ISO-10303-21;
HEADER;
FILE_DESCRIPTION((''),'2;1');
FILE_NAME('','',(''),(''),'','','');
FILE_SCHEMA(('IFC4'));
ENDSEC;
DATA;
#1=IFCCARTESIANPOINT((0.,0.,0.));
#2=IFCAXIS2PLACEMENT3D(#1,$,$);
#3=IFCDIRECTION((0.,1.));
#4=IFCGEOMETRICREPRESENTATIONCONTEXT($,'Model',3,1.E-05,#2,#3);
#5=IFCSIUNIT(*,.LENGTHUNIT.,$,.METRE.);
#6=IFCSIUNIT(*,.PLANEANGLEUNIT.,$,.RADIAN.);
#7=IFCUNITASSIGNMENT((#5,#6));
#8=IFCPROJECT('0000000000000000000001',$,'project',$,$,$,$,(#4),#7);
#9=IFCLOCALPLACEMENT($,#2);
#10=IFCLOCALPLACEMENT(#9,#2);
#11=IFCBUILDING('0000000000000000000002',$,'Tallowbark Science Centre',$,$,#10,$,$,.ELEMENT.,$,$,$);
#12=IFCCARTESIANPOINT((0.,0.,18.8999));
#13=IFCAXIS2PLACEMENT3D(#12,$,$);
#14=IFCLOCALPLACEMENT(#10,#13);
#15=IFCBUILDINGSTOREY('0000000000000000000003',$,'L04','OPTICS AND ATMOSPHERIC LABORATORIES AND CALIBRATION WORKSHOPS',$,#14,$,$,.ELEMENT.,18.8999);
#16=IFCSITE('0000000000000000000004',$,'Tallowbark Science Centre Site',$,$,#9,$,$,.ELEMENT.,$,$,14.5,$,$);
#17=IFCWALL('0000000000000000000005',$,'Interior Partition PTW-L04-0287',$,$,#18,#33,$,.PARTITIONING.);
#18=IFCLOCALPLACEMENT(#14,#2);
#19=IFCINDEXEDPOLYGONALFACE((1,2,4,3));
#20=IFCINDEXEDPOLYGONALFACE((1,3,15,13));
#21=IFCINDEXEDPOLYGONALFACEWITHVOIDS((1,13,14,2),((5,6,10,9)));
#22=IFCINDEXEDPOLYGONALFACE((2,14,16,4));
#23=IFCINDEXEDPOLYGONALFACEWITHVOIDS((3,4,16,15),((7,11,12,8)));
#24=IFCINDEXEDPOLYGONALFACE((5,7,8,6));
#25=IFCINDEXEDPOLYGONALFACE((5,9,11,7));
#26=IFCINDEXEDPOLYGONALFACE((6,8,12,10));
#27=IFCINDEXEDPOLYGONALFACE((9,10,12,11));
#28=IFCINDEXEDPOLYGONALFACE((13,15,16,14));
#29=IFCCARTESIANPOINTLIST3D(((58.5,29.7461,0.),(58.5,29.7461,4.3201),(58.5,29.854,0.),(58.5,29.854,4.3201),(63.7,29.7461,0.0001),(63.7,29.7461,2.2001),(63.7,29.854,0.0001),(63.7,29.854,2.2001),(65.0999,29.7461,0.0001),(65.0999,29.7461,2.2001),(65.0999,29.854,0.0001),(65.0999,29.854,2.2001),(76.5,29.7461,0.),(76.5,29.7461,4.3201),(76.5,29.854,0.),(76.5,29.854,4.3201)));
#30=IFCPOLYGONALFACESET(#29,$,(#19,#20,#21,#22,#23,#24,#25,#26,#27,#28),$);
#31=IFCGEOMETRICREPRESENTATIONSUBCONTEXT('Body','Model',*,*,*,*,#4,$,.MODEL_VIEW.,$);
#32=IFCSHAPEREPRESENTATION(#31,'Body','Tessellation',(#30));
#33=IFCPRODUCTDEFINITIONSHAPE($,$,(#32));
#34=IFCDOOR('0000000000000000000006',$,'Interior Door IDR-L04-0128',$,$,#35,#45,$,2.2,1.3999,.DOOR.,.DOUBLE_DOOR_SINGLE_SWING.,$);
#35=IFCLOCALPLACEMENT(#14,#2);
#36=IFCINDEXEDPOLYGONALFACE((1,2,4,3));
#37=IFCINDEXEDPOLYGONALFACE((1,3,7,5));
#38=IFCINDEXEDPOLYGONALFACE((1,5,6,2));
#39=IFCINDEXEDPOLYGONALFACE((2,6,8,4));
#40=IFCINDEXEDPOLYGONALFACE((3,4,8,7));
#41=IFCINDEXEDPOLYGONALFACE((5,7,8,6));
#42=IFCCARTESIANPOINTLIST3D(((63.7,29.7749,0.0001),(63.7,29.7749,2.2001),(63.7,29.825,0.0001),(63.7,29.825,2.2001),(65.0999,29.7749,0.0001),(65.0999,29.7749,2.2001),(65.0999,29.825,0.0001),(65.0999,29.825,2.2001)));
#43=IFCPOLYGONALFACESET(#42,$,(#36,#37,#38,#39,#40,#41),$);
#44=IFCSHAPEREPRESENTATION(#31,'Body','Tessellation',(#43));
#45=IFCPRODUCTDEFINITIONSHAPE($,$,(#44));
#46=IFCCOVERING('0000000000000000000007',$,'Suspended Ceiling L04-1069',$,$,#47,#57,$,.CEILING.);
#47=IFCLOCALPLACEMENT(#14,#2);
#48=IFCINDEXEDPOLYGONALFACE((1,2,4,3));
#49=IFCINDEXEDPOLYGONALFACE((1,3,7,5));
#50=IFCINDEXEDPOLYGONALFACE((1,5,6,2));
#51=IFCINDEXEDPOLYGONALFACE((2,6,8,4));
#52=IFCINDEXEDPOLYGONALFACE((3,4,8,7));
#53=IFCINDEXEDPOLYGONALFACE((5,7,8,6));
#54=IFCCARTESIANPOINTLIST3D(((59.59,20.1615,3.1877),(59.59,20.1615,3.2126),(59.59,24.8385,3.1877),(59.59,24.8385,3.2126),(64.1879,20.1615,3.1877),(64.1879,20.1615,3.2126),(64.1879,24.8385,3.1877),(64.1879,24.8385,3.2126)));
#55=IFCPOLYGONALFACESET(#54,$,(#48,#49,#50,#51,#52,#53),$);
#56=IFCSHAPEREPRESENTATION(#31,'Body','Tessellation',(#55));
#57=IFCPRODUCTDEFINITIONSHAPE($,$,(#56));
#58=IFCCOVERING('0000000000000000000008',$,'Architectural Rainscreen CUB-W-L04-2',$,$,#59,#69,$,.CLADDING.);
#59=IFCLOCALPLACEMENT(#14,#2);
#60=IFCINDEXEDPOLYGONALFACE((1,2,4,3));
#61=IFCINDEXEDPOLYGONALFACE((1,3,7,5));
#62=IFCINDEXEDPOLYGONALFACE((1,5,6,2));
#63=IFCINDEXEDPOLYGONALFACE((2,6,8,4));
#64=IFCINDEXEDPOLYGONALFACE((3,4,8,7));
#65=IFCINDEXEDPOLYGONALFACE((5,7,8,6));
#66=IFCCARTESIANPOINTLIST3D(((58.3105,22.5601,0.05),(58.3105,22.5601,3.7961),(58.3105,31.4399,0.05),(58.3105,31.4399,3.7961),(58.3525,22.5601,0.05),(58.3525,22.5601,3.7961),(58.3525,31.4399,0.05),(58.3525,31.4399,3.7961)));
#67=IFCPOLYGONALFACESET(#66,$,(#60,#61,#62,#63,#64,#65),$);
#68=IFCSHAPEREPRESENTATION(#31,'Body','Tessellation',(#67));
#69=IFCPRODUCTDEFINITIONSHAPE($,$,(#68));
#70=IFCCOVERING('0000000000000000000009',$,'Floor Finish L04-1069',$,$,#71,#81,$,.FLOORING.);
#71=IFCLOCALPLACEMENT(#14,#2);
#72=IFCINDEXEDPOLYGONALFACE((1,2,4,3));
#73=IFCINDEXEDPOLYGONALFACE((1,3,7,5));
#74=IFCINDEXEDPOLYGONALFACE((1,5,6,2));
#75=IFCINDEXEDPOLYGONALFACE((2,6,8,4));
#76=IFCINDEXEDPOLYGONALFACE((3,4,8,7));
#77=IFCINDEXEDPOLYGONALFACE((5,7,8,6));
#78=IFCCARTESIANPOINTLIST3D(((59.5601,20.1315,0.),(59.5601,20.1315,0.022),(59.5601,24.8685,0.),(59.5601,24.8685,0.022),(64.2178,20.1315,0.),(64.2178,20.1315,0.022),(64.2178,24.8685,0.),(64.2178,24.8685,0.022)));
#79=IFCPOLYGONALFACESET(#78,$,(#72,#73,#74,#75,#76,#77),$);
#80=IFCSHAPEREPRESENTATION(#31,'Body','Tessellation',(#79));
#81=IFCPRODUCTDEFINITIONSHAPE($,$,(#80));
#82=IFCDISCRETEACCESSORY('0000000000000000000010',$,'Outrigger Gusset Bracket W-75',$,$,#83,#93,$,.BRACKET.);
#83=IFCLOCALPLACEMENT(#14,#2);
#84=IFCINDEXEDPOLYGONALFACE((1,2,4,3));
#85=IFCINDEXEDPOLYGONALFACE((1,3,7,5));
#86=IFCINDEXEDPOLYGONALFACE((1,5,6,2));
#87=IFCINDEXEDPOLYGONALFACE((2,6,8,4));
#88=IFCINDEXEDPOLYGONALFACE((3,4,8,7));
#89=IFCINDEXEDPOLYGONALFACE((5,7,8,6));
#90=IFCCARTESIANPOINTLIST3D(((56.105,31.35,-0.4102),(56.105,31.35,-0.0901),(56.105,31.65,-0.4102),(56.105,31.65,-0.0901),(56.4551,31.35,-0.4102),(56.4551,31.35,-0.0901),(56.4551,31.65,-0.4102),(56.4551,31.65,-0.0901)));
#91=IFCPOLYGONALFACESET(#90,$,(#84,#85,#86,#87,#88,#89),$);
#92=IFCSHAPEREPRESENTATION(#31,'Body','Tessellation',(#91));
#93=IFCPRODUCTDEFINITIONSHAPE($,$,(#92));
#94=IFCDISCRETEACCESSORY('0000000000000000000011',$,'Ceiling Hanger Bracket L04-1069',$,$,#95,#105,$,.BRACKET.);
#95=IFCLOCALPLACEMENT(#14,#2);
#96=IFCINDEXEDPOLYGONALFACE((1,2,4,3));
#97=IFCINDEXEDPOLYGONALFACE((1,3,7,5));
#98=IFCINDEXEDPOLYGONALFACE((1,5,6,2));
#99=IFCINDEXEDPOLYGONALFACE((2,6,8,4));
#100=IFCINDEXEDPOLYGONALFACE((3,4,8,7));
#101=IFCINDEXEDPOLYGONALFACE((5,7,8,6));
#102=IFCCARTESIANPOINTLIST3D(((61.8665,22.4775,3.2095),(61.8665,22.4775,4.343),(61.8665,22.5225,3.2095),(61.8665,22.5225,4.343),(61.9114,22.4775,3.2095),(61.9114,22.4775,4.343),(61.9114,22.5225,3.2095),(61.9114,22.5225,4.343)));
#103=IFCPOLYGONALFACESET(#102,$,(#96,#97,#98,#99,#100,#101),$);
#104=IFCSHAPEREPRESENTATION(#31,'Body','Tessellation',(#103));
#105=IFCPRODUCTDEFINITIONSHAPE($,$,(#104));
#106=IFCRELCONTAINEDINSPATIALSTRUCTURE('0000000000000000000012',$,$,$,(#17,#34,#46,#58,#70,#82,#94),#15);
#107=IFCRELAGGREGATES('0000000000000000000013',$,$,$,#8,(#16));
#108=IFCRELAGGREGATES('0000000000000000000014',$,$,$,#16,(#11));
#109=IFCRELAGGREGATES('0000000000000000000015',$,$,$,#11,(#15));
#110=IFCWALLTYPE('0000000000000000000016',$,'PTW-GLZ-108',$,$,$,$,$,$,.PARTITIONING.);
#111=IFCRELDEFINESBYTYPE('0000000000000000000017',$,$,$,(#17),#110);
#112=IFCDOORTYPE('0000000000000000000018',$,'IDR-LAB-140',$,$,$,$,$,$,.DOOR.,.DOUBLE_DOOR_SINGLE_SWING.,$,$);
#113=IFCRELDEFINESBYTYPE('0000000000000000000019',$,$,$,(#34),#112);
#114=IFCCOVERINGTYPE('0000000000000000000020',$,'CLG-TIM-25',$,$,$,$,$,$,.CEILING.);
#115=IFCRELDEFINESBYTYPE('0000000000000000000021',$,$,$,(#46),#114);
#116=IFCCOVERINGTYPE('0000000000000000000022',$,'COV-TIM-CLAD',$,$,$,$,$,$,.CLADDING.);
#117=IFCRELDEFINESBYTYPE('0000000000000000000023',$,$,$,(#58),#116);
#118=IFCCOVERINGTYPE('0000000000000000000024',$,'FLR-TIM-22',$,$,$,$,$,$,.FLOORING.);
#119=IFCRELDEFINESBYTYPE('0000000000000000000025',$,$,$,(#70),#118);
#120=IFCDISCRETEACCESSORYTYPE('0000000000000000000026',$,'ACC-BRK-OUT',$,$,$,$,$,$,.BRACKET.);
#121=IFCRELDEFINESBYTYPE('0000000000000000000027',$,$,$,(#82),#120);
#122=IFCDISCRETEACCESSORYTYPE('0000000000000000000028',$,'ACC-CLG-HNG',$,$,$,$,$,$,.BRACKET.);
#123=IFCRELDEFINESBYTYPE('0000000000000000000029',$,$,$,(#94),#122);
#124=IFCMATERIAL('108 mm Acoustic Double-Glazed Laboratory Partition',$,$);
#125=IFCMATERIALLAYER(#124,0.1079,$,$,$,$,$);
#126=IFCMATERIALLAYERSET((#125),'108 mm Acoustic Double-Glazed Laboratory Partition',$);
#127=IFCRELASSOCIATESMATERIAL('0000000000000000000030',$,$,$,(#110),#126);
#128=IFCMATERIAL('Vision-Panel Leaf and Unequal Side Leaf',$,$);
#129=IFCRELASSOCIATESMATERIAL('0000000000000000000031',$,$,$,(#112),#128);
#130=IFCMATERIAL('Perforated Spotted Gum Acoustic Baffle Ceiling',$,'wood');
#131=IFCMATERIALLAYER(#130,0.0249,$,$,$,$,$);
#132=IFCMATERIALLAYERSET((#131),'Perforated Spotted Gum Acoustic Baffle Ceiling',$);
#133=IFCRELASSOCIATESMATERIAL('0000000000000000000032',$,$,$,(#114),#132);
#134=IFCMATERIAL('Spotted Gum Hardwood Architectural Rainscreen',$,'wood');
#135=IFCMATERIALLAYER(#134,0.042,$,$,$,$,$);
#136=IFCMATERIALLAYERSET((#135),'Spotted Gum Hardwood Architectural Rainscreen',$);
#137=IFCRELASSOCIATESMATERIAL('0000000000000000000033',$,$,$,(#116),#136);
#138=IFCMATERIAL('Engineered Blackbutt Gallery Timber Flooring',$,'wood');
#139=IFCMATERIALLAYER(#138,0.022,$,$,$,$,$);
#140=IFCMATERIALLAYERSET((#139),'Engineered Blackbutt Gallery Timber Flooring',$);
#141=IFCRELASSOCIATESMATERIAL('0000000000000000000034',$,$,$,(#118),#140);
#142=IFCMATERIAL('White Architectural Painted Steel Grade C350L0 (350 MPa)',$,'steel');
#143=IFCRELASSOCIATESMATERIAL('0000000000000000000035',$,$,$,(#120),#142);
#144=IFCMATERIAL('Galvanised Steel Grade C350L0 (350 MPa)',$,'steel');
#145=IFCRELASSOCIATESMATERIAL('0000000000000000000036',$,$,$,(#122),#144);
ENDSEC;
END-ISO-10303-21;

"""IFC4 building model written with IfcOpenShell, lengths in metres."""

from ifc_helpers import new_model, si_unit, direction, frame, frame_2d, origin, origin_2d, place, context, subcontext, project, spatial, rectangle, extrude, material, layer, layer_set, type_object, element, fill, save


model = new_model("IFC4")

# Units and contexts
model_context = context("Model", 3, precision=1e-05, world=origin(), true_north=direction((0.0, 1.0)))
body_context = subcontext(model_context, "Body", "Model", "MODEL_VIEW")
ifc_project = project(units=[si_unit("LENGTHUNIT", "METRE"), si_unit("PLANEANGLEUNIT", "RADIAN")], contexts=[model_context])

# Site, building, storey
site_placement = place(None, origin())
site = spatial("IfcSite", under=ifc_project, at=site_placement, Name="Tallowbark Science Centre Site", CompositionType="ELEMENT", RefElevation=14.5)
building_placement = place(site_placement, origin())
building = spatial("IfcBuilding", under=site, at=building_placement, Name="Tallowbark Science Centre", CompositionType="ELEMENT")
storey_placement = place(building_placement, frame((0.0, 0.0, 18.8999)))
storey = spatial("IfcBuildingStorey", under=building, at=storey_placement, Name="L04", Description="OPTICS AND ATMOSPHERIC LABORATORIES AND CALIBRATION WORKSHOPS", CompositionType="ELEMENT", Elevation=18.8999)

# Shared definitions
ifc_material_1 = material(Name="White Architectural Painted Steel Grade C350L0 (350 MPa)", Category="steel")

# Wall, opening, door
ifc_material_2 = material(Name="108 mm Acoustic Double-Glazed Laboratory Partition")
ifc_layer_1 = layer(ifc_material_2, 0.1079)
ifc_layer_set_1 = layer_set([ifc_layer_1], Name="108 mm Acoustic Double-Glazed Laboratory Partition")
wall_type_1 = type_object("IfcWallType", Name="PTW-GLZ-108", PredefinedType="PARTITIONING", material=ifc_layer_set_1)
wall_placement = place(storey_placement, frame((58.5, 29.8, 0.0), z_axis=(0.0, 0.0, 1.0), x_axis=(1.0, 0.0, 0.0)))
wall = element("IfcWall", 1, at=wall_placement, inside=storey, type_object=wall_type_1, Name="Interior Partition PTW-L04-0287", PredefinedType="PARTITIONING", context=body_context, shape_type="SweptSolid", body=[
    extrude(rectangle(XDim=18.0, YDim=0.1079, at=frame_2d((9.0, 0.0))), origin(), (0.0, 0.0, 1.0), 4.3201),
])
opening_placement = place(wall_placement, frame((5.2, 0.0, 0.0)))
opening = element("IfcOpeningElement", 2, at=opening_placement, cuts=wall, PredefinedType="OPENING", context=body_context, shape_type="SweptSolid", body=[
    extrude(rectangle(XDim=1.3999, YDim=2.2, at=frame_2d((0.7, 1.1001))), frame((0.0, 0.064, 0.0), z_axis=(0.0, -1.0, 0.0), x_axis=(1.0, 0.0, 0.0)), (0.0, 0.0, 1.0), 0.1279),
])
ifc_material_3 = material(Name="Vision-Panel Leaf and Unequal Side Leaf")
door_type = type_object("IfcDoorType", Name="IDR-LAB-140", OperationType="DOUBLE_DOOR_SINGLE_SWING", PredefinedType="DOOR", material=ifc_material_3)
door_placement = place(opening_placement, origin())
door = element("IfcDoor", 3, at=door_placement, inside=storey, type_object=door_type, Name="Interior Door IDR-L04-0128", OperationType="DOUBLE_DOOR_SINGLE_SWING", OverallHeight=2.2, OverallWidth=1.3999, PredefinedType="DOOR", context=body_context, shape_type="SweptSolid", body=[
    extrude(rectangle(XDim=1.3999, YDim=2.2, at=frame_2d((0.7, 1.1001))), frame((0.0, 0.0249, 0.0), z_axis=(0.0, -1.0, 0.0), x_axis=(1.0, 0.0, 0.0)), (0.0, 0.0, 1.0), 0.05),
])
fill(opening, door)

# Coverings
ifc_material_4 = material(Name="Perforated Spotted Gum Acoustic Baffle Ceiling", Category="wood")
ifc_layer_2 = layer(ifc_material_4, 0.0249)
ifc_layer_set_2 = layer_set([ifc_layer_2], Name="Perforated Spotted Gum Acoustic Baffle Ceiling")
covering_type_1 = type_object("IfcCoveringType", Name="CLG-TIM-25", PredefinedType="CEILING", material=ifc_layer_set_2)
covering_1_placement = place(storey_placement, frame((61.8889, 22.5, 3.1877), z_axis=(0.0, 0.0, 1.0), x_axis=(1.0, 0.0, 0.0)))
element("IfcCovering", 4, at=covering_1_placement, inside=storey, type_object=covering_type_1, Name="Suspended Ceiling L04-1069", PredefinedType="CEILING", context=body_context, shape_type="SweptSolid", body=[
    extrude(rectangle(XDim=4.5979, YDim=4.677, at=origin_2d()), origin(), (0.0, 0.0, 1.0), 0.0249),
])
ifc_material_5 = material(Name="Spotted Gum Hardwood Architectural Rainscreen", Category="wood")
ifc_layer_3 = layer(ifc_material_5, 0.042)
ifc_layer_set_3 = layer_set([ifc_layer_3], Name="Spotted Gum Hardwood Architectural Rainscreen")
covering_type_2 = type_object("IfcCoveringType", Name="COV-TIM-CLAD", PredefinedType="CLADDING", material=ifc_layer_set_3)
covering_2_placement = place(storey_placement, frame((58.3315, 27.0, 0.05), z_axis=(0.0, 0.0, 1.0), x_axis=(0.0, -1.0, 0.0)))
element("IfcCovering", 5, at=covering_2_placement, inside=storey, type_object=covering_type_2, Name="Architectural Rainscreen CUB-W-L04-2", PredefinedType="CLADDING", context=body_context, shape_type="SweptSolid", body=[
    extrude(rectangle(XDim=8.8799, YDim=0.042, at=origin_2d()), origin(), (0.0, 0.0, 1.0), 3.7461),
])
ifc_material_6 = material(Name="Engineered Blackbutt Gallery Timber Flooring", Category="wood")
ifc_layer_4 = layer(ifc_material_6, 0.022)
ifc_layer_set_4 = layer_set([ifc_layer_4], Name="Engineered Blackbutt Gallery Timber Flooring")
covering_type_3 = type_object("IfcCoveringType", Name="FLR-TIM-22", PredefinedType="FLOORING", material=ifc_layer_set_4)
covering_3_placement = place(storey_placement, frame((61.8889, 22.5, 0.0), z_axis=(0.0, 0.0, 1.0), x_axis=(1.0, 0.0, 0.0)))
element("IfcCovering", 6, at=covering_3_placement, inside=storey, type_object=covering_type_3, Name="Floor Finish L04-1069", PredefinedType="FLOORING", context=body_context, shape_type="SweptSolid", body=[
    extrude(rectangle(XDim=4.6577, YDim=4.7371, at=origin_2d()), origin(), (0.0, 0.0, 1.0), 0.022),
])

# Discrete accessories
discrete_accessory_type_1 = type_object("IfcDiscreteAccessoryType", Name="ACC-BRK-OUT", PredefinedType="BRACKET", material=ifc_material_1)
discrete_accessory_1_placement = place(storey_placement, frame((56.28, 31.5, -0.4102), z_axis=(0.0, 0.0, 1.0), x_axis=(1.0, 0.0, 0.0)))
element("IfcDiscreteAccessory", 7, at=discrete_accessory_1_placement, inside=storey, type_object=discrete_accessory_type_1, Name="Outrigger Gusset Bracket W-75", PredefinedType="BRACKET", context=body_context, shape_type="SweptSolid", body=[
    extrude(rectangle(XDim=0.3501, YDim=0.3, at=origin_2d()), origin(), (0.0, 0.0, 1.0), 0.3201),
])
ifc_material_7 = material(Name="Galvanised Steel Grade C350L0 (350 MPa)", Category="steel")
discrete_accessory_type_2 = type_object("IfcDiscreteAccessoryType", Name="ACC-CLG-HNG", PredefinedType="BRACKET", material=ifc_material_7)
discrete_accessory_2_placement = place(storey_placement, frame((61.8889, 22.5, 3.2095), z_axis=(0.0, 0.0, 1.0), x_axis=(1.0, 0.0, 0.0)))
element("IfcDiscreteAccessory", 8, at=discrete_accessory_2_placement, inside=storey, type_object=discrete_accessory_type_2, Name="Ceiling Hanger Bracket L04-1069", PredefinedType="BRACKET", context=body_context, shape_type="SweptSolid", body=[
    extrude(rectangle(XDim=0.0449, YDim=0.0449, at=origin_2d()), origin(), (0.0, 0.0, 1.0), 1.1335),
])

save(model, "model.ifc")
